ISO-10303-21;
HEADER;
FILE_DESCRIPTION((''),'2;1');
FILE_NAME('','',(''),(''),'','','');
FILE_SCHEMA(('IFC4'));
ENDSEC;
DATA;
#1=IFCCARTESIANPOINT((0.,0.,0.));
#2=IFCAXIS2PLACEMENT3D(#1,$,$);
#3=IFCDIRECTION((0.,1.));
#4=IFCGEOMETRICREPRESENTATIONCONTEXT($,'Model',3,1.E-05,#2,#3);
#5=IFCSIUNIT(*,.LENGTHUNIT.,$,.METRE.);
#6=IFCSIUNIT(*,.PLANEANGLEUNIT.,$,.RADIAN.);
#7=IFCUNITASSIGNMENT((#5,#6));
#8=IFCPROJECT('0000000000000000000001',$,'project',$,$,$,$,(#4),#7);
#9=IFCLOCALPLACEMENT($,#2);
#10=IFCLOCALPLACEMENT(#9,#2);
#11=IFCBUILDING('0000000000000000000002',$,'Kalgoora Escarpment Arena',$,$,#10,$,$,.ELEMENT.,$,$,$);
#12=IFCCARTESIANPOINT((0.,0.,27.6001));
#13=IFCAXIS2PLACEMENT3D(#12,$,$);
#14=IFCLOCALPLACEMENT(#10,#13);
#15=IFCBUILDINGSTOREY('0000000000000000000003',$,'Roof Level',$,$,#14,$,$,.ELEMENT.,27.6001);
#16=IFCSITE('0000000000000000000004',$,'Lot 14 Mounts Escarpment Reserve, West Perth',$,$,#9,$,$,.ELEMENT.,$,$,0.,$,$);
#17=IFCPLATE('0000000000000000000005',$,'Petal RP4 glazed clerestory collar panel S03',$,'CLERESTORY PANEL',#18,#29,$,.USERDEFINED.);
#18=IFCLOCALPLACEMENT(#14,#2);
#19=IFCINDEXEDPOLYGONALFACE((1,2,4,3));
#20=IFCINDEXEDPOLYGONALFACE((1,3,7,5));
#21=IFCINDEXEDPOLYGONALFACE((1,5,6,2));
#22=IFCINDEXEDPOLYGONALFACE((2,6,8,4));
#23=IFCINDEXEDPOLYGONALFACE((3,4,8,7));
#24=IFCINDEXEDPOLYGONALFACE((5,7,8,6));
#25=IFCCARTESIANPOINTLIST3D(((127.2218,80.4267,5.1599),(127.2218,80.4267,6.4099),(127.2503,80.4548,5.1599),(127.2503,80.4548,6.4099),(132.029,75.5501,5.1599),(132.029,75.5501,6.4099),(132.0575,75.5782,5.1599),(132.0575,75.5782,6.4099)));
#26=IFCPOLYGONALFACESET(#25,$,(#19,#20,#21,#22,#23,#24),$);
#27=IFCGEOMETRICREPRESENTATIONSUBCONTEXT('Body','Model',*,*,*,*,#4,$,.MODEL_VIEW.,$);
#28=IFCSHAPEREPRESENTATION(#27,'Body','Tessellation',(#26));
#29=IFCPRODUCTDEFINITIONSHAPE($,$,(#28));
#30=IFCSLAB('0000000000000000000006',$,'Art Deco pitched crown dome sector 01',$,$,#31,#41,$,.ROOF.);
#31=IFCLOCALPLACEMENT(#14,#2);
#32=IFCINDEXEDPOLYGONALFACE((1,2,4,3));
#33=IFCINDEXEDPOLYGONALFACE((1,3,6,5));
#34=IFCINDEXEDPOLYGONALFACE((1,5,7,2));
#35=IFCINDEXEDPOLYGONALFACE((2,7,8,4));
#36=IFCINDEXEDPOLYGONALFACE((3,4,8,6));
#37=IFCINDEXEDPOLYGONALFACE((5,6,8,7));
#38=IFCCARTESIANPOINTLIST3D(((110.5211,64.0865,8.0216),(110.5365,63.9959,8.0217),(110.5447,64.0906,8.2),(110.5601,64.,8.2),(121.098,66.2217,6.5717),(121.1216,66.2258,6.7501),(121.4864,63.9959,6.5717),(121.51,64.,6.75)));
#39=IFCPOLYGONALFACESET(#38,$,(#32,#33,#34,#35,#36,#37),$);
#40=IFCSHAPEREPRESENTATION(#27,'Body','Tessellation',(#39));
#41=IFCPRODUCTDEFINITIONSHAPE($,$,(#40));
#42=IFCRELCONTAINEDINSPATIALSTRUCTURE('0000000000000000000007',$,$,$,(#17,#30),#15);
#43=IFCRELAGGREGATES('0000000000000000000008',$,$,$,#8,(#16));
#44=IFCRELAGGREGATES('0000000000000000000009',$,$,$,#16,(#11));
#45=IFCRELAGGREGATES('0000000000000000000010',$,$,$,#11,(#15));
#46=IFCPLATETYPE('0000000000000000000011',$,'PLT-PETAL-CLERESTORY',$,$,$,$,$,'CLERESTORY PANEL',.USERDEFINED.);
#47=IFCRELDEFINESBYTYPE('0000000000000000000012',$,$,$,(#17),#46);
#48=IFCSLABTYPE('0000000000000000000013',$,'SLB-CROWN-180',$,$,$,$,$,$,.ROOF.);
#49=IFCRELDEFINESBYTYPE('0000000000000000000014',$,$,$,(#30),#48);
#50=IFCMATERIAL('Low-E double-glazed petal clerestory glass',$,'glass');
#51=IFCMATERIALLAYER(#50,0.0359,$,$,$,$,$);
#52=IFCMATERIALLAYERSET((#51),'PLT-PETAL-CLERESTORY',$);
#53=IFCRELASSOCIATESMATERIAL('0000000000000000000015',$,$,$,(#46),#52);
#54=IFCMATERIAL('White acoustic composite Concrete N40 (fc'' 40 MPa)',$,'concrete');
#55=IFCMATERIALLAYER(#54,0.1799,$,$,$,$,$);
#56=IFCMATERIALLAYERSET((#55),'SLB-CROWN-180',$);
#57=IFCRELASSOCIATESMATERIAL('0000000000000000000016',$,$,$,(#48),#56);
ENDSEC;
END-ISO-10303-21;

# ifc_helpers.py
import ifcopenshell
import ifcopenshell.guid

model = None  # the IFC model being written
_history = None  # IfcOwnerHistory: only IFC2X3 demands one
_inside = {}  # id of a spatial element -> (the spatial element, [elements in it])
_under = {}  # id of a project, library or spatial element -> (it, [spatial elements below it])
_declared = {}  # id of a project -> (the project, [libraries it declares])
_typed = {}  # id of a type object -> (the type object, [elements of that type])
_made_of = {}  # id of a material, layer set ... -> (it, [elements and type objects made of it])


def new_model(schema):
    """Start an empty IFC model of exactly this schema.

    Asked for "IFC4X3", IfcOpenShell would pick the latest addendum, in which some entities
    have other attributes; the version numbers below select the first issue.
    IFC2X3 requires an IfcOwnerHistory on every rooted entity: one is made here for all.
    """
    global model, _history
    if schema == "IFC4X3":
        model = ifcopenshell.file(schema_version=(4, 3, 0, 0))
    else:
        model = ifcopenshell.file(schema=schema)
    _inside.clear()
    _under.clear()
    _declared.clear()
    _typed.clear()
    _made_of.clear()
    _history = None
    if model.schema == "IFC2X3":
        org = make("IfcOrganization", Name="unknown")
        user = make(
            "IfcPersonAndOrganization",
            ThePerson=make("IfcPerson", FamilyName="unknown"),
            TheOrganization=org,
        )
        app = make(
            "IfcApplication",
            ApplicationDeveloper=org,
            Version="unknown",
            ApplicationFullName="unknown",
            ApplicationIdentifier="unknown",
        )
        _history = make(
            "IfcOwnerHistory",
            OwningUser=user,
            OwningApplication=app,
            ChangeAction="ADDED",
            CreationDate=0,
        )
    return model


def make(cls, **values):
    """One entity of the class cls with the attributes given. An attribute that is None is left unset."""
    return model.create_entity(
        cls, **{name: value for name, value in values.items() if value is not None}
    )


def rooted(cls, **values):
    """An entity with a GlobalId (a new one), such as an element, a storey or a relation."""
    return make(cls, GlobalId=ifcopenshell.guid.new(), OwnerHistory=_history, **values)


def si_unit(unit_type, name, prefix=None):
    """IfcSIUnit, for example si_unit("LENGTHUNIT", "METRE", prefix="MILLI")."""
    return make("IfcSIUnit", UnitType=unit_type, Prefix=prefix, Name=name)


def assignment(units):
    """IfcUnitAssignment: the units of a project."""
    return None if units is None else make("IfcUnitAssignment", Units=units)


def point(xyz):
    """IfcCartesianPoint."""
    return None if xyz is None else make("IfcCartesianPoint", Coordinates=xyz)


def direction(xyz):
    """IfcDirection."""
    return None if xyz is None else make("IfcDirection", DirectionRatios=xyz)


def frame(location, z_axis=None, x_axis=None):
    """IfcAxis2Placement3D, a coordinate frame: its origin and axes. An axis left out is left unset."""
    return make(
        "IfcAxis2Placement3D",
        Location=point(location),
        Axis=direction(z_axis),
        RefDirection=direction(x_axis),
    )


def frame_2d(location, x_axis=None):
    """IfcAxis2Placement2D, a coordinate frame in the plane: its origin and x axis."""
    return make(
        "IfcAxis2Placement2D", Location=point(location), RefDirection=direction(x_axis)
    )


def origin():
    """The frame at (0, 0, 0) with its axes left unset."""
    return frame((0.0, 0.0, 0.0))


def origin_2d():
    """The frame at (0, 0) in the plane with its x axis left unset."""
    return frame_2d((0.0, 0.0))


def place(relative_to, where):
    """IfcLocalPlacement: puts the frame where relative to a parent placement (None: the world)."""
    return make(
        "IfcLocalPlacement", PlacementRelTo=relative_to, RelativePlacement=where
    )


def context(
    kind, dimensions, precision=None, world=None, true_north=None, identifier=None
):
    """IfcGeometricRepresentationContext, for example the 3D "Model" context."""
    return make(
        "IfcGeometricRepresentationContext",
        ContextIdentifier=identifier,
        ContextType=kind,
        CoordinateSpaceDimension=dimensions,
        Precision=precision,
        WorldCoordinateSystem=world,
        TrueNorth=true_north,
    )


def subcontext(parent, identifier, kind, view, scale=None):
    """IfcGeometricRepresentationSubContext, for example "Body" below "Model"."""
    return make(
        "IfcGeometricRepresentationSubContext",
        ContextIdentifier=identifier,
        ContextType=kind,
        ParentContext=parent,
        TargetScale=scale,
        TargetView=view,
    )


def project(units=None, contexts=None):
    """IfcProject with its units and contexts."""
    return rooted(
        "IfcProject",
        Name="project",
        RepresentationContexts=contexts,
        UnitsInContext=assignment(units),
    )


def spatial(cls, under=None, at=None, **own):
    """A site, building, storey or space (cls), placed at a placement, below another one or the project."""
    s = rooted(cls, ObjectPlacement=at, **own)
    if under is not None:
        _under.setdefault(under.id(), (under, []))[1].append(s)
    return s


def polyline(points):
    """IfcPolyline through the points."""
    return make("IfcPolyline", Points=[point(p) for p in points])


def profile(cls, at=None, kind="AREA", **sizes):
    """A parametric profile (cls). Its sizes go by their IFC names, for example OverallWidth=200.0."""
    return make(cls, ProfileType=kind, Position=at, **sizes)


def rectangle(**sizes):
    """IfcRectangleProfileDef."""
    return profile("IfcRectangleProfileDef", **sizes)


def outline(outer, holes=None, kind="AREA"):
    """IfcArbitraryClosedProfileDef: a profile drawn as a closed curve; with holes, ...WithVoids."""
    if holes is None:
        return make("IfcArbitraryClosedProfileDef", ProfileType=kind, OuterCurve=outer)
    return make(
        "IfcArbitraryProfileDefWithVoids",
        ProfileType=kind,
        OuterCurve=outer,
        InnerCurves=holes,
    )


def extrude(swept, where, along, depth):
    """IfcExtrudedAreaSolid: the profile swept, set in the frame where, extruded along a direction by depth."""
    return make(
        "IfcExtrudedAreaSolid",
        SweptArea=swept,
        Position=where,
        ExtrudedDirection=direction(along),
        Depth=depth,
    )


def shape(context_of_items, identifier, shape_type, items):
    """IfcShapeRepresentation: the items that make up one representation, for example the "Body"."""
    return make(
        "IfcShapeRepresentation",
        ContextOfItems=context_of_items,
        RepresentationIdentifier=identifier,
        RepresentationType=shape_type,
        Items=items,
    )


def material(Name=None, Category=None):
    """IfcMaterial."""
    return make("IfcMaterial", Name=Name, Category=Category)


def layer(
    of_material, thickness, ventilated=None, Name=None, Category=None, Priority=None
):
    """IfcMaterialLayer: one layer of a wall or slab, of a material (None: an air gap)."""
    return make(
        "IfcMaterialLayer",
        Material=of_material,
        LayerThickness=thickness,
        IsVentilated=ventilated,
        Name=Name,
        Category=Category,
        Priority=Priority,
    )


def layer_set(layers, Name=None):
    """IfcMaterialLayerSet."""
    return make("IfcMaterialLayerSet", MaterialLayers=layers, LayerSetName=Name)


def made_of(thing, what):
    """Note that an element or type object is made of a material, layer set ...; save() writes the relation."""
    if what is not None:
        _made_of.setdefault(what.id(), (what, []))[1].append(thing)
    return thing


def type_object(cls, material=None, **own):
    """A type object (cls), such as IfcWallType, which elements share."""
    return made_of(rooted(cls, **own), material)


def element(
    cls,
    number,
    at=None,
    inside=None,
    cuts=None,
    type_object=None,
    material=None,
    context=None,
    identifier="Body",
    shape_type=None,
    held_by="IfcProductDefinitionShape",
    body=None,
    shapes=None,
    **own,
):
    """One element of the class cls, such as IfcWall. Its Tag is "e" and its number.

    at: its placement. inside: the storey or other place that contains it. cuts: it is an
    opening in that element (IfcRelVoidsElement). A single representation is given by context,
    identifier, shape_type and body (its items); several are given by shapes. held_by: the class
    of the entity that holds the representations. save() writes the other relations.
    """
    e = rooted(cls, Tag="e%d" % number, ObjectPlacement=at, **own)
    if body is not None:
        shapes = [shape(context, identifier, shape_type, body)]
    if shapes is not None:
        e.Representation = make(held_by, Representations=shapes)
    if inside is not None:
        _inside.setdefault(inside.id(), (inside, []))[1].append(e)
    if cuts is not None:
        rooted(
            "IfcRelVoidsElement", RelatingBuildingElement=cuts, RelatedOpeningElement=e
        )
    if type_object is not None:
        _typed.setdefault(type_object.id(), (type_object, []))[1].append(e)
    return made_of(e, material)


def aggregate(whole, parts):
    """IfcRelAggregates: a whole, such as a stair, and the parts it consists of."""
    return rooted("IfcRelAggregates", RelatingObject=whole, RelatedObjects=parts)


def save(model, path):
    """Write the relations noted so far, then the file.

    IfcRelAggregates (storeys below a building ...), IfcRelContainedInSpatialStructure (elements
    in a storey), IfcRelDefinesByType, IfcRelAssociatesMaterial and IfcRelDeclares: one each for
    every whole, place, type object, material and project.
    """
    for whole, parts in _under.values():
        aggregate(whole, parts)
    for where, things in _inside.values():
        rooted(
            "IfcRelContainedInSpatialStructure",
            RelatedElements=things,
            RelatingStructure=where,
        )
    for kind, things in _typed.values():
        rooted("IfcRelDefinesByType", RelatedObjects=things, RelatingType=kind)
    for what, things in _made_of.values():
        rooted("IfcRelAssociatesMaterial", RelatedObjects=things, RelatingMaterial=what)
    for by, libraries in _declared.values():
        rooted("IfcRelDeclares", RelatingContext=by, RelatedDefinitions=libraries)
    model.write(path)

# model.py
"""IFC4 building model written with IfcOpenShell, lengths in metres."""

from ifc_helpers import new_model, si_unit, direction, frame, origin, origin_2d, place, context, subcontext, project, spatial, polyline, rectangle, outline, extrude, material, layer, layer_set, type_object, element, save


model = new_model("IFC4")

# Units and contexts
model_context = context("Model", 3, precision=1e-05, world=origin(), true_north=direction((0.0, 1.0)))
body_context = subcontext(model_context, "Body", "Model", "MODEL_VIEW")
ifc_project = project(units=[si_unit("LENGTHUNIT", "METRE"), si_unit("PLANEANGLEUNIT", "RADIAN")], contexts=[model_context])

# Site, building, storey
site_placement = place(None, origin())
site = spatial("IfcSite", under=ifc_project, at=site_placement, Name="Lot 14 Mounts Escarpment Reserve, West Perth", CompositionType="ELEMENT", RefElevation=0.0)
building_placement = place(site_placement, origin())
building = spatial("IfcBuilding", under=site, at=building_placement, Name="Kalgoora Escarpment Arena", CompositionType="ELEMENT")
storey_placement = place(building_placement, frame((0.0, 0.0, 27.6001)))
storey = spatial("IfcBuildingStorey", under=building, at=storey_placement, Name="Roof Level", CompositionType="ELEMENT", Elevation=27.6001)

# Plate
ifc_material_1 = material(Name="Low-E double-glazed petal clerestory glass", Category="glass")
ifc_layer_1 = layer(ifc_material_1, 0.0359)
ifc_layer_set_1 = layer_set([ifc_layer_1], Name="PLT-PETAL-CLERESTORY")
plate_type_1 = type_object("IfcPlateType", Name="PLT-PETAL-CLERESTORY", ElementType="CLERESTORY PANEL", PredefinedType="USERDEFINED", material=ifc_layer_set_1)
plate_placement = place(storey_placement, frame((129.6396, 78.0024, 5.1599), z_axis=(0.0, 0.0, 1.0), x_axis=(-0.702029, 0.712149, 0.0)))
element("IfcPlate", 1, at=plate_placement, inside=storey, type_object=plate_type_1, Name="Petal RP4 glazed clerestory collar panel S03", ObjectType="CLERESTORY PANEL", PredefinedType="USERDEFINED", context=body_context, shape_type="SweptSolid", body=[
    extrude(rectangle(XDim=6.8477, YDim=0.04, at=origin_2d()), origin(), (0.0, 0.0, 1.0), 1.25),
])

# Slab
ifc_material_2 = material(Name="White acoustic composite Concrete N40 (fc' 40 MPa)", Category="concrete")
ifc_layer_2 = layer(ifc_material_2, 0.1799)
ifc_layer_set_2 = layer_set([ifc_layer_2], Name="SLB-CROWN-180")
slab_type = type_object("IfcSlabType", Name="SLB-CROWN-180", PredefinedType="ROOF", material=ifc_layer_set_2)
slab_placement = place(storey_placement, frame((121.51, 64.0, 6.75), z_axis=(0.131241, 0.022879, 0.991086), x_axis=(-0.171908, 0.985113, 0.000024)))
element("IfcSlab", 2, at=slab_placement, inside=storey, type_object=slab_type, Name="Art Deco pitched crown dome sector 01", PredefinedType="ROOF", context=body_context, shape_type="SweptSolid", body=[
    extrude(outline(polyline([(0.0, 0.0), (2.2595, 0.0), (1.9743, 10.8835), (1.8824, 10.8839), (0.0, 0.0)])), origin(), (0.0, 0.0, -1.0), 0.1799),
])

save(model, "model.ifc")
